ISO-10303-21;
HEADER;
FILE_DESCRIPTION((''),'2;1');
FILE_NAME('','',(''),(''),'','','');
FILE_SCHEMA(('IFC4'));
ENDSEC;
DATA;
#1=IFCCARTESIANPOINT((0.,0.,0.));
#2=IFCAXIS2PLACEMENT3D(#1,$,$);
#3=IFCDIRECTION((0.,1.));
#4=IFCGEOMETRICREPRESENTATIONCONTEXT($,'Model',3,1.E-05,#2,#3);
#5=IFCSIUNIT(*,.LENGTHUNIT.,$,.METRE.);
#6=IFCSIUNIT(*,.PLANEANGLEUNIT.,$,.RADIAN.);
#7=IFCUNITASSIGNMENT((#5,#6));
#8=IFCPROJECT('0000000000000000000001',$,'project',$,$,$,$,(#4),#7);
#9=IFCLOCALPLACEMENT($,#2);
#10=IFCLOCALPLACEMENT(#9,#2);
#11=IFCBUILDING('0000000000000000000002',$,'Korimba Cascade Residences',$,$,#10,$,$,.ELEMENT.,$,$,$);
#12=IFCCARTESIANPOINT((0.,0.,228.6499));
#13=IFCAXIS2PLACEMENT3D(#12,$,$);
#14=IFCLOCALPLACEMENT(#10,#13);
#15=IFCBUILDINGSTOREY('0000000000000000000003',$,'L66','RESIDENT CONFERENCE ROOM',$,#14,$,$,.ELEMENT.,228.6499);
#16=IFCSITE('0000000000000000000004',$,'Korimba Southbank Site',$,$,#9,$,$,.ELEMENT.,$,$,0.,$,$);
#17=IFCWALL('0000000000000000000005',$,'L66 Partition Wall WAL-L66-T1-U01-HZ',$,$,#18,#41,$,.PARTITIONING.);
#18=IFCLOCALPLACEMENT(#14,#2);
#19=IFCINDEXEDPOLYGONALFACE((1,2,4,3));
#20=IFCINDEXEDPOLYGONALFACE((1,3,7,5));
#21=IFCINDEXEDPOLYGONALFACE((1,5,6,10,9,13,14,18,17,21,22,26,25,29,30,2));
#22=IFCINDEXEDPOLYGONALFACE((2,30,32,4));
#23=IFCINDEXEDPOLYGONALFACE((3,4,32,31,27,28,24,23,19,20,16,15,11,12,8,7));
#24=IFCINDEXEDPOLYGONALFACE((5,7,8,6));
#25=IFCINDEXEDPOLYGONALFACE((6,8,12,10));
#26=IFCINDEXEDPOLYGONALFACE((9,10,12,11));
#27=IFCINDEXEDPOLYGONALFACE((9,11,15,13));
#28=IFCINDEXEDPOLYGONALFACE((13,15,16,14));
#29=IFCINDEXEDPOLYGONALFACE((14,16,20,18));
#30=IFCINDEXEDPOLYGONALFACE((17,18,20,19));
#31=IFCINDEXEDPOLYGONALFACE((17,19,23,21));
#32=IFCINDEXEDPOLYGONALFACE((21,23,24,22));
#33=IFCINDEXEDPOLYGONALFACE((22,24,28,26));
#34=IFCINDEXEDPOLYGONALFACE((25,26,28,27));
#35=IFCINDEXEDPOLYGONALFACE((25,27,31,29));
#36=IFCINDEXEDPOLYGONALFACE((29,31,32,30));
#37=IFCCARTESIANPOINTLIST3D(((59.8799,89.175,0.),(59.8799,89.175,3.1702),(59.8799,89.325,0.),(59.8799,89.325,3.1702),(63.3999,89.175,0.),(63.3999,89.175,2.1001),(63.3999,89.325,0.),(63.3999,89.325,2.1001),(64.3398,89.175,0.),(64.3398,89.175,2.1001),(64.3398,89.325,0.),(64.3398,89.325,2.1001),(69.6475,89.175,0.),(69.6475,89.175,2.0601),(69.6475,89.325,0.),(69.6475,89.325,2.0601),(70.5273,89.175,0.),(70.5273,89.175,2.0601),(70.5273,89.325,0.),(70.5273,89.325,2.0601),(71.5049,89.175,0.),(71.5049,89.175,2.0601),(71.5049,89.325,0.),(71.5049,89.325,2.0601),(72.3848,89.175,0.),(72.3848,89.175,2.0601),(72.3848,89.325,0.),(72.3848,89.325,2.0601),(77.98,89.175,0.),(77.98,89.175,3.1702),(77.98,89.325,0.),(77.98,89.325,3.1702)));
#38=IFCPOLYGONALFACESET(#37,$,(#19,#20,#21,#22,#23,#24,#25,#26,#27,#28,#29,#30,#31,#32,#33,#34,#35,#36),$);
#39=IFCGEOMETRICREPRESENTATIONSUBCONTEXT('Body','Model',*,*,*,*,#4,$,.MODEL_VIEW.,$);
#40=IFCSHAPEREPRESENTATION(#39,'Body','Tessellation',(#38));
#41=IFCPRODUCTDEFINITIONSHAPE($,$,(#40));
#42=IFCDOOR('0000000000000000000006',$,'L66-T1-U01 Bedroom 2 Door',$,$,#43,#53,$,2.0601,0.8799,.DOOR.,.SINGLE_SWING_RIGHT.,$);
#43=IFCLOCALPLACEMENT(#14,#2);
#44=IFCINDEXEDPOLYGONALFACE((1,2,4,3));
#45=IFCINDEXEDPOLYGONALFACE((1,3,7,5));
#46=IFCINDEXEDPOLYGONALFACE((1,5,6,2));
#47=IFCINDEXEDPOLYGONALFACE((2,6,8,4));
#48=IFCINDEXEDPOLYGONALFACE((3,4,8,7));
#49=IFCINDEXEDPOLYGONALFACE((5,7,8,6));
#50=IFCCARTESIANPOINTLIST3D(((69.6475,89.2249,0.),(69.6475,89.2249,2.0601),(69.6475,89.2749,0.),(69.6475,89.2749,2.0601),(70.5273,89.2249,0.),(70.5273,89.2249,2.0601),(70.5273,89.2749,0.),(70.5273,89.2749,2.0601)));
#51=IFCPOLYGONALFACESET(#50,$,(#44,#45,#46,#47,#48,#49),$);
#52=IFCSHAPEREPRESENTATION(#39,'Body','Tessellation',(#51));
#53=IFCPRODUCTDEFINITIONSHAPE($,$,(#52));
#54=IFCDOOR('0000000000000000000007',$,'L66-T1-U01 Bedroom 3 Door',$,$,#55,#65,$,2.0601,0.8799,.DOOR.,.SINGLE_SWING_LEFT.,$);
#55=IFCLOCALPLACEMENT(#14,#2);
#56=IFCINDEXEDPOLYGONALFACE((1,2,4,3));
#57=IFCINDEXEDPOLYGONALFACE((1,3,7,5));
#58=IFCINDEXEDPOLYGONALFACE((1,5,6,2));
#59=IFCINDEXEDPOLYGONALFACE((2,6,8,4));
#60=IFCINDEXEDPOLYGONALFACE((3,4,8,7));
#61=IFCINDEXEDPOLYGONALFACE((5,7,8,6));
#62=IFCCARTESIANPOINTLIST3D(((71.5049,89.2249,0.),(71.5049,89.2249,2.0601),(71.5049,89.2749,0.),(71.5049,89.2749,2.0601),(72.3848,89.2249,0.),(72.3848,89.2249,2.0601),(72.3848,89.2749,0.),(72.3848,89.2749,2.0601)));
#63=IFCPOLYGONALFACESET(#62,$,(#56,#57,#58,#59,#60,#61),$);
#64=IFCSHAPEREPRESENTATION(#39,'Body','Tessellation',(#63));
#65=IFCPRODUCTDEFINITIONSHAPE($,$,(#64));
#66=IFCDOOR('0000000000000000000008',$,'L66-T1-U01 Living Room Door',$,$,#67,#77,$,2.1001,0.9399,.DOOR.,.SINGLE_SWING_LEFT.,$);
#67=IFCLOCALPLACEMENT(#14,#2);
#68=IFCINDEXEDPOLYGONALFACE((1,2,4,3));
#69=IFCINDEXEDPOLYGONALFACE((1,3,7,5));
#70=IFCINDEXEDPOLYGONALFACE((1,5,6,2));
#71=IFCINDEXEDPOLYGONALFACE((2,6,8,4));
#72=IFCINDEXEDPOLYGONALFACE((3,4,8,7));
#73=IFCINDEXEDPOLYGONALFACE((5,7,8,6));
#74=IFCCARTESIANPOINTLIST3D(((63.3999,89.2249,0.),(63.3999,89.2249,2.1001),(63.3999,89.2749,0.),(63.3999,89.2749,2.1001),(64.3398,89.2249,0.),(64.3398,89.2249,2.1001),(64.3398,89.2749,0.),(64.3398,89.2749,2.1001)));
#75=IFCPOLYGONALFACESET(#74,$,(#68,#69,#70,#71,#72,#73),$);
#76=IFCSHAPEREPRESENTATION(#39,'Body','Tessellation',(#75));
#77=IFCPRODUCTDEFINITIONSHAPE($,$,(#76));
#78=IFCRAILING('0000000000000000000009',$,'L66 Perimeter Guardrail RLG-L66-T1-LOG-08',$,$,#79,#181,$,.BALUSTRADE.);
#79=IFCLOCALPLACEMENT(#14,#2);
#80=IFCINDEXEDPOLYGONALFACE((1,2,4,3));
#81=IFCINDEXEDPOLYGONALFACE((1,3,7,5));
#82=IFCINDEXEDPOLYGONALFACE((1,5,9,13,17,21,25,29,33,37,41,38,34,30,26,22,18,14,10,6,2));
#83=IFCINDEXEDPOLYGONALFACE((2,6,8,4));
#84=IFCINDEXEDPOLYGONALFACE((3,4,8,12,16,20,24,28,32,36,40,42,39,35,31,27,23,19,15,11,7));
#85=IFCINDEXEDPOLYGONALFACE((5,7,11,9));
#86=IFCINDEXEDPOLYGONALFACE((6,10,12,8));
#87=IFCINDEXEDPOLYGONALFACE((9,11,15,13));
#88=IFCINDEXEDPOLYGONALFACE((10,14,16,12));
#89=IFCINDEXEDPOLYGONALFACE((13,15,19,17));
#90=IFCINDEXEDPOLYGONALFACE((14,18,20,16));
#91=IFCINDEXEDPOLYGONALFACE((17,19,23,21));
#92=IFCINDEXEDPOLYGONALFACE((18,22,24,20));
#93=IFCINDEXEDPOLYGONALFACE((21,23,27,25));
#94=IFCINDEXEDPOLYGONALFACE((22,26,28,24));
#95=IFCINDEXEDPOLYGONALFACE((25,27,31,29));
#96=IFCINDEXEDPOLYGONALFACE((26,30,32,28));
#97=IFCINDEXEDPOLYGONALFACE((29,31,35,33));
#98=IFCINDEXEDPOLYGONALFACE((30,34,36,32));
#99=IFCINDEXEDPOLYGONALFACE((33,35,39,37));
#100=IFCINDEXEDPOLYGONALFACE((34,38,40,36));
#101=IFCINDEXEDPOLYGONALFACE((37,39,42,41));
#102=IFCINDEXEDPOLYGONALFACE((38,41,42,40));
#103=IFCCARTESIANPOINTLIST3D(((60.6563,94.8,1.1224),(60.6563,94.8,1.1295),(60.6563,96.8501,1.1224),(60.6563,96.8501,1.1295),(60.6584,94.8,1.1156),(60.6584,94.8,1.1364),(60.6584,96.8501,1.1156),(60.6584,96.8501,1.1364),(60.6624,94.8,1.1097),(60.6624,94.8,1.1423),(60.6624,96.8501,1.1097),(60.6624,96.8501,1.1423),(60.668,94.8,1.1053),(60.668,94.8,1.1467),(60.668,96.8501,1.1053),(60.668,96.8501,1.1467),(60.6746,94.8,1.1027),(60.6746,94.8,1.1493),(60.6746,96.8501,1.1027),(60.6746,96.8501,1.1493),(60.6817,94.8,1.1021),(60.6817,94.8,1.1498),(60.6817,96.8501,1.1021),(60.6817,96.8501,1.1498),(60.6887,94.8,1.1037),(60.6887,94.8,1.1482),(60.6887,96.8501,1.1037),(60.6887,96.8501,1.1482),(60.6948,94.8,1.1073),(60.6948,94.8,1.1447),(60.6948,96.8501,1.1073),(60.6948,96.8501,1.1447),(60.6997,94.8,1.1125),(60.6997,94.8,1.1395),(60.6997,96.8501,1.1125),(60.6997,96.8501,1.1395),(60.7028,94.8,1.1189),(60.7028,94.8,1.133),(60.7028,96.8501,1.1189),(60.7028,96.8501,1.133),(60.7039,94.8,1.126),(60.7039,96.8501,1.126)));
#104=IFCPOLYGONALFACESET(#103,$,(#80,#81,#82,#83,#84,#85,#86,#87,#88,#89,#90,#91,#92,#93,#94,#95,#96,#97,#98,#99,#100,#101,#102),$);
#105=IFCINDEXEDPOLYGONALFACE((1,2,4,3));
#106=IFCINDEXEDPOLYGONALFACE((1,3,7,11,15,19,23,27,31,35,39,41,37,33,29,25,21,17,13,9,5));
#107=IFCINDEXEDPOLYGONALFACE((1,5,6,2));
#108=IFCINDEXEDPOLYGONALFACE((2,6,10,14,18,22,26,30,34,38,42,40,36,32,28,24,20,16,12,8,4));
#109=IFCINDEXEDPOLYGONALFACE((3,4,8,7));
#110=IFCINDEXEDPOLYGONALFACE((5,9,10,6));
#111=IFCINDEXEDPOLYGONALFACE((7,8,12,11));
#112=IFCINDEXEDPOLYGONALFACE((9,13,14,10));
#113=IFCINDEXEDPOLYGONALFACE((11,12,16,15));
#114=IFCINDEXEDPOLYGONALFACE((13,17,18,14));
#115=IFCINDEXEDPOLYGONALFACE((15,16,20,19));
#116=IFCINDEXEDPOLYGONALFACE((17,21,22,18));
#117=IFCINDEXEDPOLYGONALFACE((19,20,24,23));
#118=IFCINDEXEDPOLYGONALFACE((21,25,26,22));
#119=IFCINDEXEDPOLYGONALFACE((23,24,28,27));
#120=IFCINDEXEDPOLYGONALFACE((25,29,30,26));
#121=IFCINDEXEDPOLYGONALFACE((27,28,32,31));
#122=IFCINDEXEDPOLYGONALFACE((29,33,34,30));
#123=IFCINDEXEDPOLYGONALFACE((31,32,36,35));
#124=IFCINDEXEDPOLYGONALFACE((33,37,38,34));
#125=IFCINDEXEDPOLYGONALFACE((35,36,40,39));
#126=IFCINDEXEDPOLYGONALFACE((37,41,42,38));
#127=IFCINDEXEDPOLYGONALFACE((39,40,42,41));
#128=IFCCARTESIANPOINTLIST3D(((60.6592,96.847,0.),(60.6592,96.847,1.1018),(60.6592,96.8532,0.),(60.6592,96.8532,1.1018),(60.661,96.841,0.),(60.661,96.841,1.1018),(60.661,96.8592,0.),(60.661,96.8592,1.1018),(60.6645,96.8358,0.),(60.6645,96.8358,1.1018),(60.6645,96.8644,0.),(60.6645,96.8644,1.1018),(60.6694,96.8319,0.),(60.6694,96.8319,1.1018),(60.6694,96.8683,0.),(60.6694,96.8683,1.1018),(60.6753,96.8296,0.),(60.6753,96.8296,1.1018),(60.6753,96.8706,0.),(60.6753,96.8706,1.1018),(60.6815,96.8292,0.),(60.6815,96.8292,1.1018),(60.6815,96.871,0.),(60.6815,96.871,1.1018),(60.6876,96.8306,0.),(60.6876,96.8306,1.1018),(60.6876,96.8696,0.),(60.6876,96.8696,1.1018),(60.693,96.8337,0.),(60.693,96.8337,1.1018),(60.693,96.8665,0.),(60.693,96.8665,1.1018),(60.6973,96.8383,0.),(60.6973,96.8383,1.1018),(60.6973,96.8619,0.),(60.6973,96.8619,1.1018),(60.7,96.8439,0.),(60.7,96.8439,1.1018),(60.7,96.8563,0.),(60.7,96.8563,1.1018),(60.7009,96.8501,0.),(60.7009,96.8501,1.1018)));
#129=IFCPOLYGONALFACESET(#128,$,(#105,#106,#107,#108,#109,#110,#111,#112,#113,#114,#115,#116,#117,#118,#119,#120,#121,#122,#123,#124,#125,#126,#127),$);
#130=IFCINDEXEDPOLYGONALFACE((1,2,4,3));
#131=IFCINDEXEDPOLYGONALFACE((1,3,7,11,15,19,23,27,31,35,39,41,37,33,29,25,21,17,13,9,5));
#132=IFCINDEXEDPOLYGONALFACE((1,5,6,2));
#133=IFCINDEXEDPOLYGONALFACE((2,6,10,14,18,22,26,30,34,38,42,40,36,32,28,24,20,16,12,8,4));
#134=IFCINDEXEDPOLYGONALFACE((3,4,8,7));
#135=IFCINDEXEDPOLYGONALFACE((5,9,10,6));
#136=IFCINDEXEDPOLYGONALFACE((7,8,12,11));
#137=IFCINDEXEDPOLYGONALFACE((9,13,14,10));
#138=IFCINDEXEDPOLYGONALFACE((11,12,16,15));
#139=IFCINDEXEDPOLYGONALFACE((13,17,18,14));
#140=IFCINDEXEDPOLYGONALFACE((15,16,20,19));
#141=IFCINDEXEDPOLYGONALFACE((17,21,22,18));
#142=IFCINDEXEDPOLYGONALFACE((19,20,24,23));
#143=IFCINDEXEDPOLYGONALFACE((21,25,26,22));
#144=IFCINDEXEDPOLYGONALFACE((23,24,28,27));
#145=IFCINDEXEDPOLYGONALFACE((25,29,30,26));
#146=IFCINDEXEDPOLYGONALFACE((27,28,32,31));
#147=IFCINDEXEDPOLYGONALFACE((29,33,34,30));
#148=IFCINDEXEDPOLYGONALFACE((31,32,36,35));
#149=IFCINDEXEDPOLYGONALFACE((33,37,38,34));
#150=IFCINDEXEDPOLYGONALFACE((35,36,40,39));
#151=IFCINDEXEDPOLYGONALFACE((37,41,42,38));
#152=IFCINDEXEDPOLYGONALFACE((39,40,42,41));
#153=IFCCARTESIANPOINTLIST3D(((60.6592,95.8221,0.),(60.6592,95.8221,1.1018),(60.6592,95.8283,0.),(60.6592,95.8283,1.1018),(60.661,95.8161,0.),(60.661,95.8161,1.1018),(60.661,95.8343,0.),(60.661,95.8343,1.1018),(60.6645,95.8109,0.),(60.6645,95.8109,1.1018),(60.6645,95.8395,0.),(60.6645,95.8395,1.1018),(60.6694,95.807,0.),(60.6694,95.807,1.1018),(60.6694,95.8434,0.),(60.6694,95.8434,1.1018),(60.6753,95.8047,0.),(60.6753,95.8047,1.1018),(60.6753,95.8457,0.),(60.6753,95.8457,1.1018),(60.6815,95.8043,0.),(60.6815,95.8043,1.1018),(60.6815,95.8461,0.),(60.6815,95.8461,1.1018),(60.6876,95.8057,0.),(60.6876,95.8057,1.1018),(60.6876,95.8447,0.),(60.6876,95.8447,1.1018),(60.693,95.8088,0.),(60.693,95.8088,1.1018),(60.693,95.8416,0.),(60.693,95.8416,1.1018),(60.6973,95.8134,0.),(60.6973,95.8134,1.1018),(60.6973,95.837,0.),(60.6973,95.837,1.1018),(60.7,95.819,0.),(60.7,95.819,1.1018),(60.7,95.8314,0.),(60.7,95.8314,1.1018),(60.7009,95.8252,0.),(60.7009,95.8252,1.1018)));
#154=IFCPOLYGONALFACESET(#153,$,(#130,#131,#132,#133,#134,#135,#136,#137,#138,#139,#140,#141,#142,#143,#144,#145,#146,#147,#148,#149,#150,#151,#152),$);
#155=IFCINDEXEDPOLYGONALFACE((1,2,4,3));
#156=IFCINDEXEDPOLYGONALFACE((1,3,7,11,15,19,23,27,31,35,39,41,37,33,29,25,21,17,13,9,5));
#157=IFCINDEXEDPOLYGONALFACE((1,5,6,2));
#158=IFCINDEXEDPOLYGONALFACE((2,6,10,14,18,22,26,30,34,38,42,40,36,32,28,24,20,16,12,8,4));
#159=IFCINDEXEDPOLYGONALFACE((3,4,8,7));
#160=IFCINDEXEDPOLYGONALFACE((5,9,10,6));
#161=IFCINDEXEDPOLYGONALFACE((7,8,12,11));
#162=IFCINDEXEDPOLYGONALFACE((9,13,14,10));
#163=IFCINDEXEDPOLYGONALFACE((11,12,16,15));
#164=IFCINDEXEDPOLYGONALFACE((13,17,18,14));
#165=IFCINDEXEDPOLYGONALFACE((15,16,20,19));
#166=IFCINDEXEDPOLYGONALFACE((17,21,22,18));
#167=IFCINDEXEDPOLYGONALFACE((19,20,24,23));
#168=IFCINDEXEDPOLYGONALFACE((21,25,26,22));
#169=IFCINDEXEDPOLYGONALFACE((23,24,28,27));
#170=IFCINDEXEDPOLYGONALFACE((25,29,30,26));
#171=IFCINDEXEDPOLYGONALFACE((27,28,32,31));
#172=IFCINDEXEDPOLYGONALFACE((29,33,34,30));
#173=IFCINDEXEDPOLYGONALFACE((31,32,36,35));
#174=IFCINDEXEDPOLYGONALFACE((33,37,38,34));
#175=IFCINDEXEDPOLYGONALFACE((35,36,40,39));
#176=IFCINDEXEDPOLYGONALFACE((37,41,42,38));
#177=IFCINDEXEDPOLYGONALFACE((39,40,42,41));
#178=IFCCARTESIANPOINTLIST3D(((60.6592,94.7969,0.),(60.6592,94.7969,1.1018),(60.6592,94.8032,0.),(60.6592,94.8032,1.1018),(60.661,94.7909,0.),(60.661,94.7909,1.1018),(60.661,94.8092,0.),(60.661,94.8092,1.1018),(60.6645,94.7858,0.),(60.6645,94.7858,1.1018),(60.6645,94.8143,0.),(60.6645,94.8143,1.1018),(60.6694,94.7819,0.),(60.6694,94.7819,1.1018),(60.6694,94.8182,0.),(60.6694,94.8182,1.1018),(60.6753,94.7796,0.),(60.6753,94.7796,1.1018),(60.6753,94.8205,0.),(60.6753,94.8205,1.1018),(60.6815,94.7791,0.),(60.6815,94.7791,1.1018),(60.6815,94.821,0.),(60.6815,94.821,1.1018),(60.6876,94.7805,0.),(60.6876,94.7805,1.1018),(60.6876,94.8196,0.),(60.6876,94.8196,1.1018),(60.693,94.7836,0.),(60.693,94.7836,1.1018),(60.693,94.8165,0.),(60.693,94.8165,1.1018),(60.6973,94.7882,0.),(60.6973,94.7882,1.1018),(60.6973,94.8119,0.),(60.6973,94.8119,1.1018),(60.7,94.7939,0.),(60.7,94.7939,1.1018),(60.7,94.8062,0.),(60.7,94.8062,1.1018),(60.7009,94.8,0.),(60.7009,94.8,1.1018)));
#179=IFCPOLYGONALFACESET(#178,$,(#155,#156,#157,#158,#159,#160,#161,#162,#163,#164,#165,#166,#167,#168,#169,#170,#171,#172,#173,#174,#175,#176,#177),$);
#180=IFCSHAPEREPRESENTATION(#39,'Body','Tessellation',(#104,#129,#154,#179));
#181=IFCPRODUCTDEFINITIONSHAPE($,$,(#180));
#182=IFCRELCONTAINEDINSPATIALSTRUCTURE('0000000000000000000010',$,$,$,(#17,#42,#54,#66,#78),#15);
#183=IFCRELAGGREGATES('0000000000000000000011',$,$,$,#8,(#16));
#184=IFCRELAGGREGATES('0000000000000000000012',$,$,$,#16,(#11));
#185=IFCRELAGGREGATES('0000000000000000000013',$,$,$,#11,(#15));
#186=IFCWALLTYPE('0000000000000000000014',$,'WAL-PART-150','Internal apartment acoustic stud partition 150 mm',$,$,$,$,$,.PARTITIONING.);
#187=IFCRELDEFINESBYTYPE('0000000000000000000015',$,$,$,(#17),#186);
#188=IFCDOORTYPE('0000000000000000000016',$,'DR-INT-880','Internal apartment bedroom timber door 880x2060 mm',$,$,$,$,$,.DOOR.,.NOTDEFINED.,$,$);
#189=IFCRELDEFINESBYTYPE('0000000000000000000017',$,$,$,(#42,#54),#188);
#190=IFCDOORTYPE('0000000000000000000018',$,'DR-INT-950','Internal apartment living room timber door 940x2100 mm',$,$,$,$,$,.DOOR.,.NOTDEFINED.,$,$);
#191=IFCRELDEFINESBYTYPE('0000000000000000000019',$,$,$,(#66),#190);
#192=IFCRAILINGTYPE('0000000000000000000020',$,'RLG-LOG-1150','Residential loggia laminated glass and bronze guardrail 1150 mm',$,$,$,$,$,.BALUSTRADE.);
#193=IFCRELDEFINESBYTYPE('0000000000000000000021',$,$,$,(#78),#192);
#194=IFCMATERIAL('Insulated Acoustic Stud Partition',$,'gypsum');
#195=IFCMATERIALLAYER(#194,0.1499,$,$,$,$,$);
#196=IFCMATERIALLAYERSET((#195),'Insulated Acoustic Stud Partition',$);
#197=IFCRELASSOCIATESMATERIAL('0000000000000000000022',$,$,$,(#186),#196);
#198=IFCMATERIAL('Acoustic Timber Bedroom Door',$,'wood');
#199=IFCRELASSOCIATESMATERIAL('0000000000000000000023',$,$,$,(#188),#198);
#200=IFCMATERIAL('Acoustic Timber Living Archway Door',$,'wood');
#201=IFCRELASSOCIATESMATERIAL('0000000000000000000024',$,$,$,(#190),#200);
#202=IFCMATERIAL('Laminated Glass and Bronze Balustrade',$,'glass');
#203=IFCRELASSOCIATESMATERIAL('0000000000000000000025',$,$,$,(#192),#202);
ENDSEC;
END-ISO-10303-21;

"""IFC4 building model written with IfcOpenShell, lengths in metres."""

from ifc_helpers import new_model, si_unit, direction, frame, frame_2d, origin, origin_2d, place, context, subcontext, project, spatial, rectangle, circle, extrude, material, layer, layer_set, type_object, element, fill, save


model = new_model("IFC4")

# Units and contexts
model_context = context("Model", 3, precision=1e-05, world=origin(), true_north=direction((0.0, 1.0)))
body_context = subcontext(model_context, "Body", "Model", "MODEL_VIEW")
ifc_project = project(units=[si_unit("LENGTHUNIT", "METRE"), si_unit("PLANEANGLEUNIT", "RADIAN")], contexts=[model_context])

# Site, building, storey
site_placement = place(None, origin())
site = spatial("IfcSite", under=ifc_project, at=site_placement, Name="Korimba Southbank Site", CompositionType="ELEMENT", RefElevation=0.0)
building_placement = place(site_placement, origin())
building = spatial("IfcBuilding", under=site, at=building_placement, Name="Korimba Cascade Residences", CompositionType="ELEMENT")
storey_placement = place(building_placement, frame((0.0, 0.0, 228.6499)))
storey = spatial("IfcBuildingStorey", under=building, at=storey_placement, Name="L66", Description="RESIDENT CONFERENCE ROOM", CompositionType="ELEMENT", Elevation=228.6499)

# Shared definitions
ifc_material_1 = material(Name="Insulated Acoustic Stud Partition", Category="gypsum")
ifc_layer_1 = layer(ifc_material_1, 0.1499)
ifc_layer_set_1 = layer_set([ifc_layer_1], Name="Insulated Acoustic Stud Partition")
wall_type_1 = type_object("IfcWallType", Name="WAL-PART-150", Description="Internal apartment acoustic stud partition 150 mm", PredefinedType="PARTITIONING", material=ifc_layer_set_1)

# Wall, openings, doors
wall_1_placement = place(storey_placement, frame((59.8799, 89.25, 0.0), z_axis=(0.0, 0.0, 1.0), x_axis=(1.0, 0.0, 0.0)))
wall_1 = element("IfcWall", 1, at=wall_1_placement, inside=storey, type_object=wall_type_1, Name="L66 Partition Wall WAL-L66-T1-U01-HZ", PredefinedType="PARTITIONING", context=body_context, shape_type="SweptSolid", body=[
    extrude(rectangle(XDim=18.1001, YDim=0.1499, at=frame_2d((9.05, 0.0))), origin(), (0.0, 0.0, 1.0), 3.1702),
])
opening_1_placement = place(wall_1_placement, frame((3.52, 0.0, 0.0)))
opening_1 = element("IfcOpeningElement", 2, at=opening_1_placement, cuts=wall_1, PredefinedType="OPENING", context=body_context, shape_type="SweptSolid", body=[
    extrude(rectangle(XDim=0.9399, YDim=2.1001, at=frame_2d((0.47, 1.05))), frame((0.0, 0.085, 0.0), z_axis=(0.0, -1.0, 0.0), x_axis=(1.0, 0.0, 0.0)), (0.0, 0.0, 1.0), 0.1699),
])
opening_2_placement = place(wall_1_placement, frame((9.7676, 0.0, 0.0)))
opening_2 = element("IfcOpeningElement", 3, at=opening_2_placement, cuts=wall_1, PredefinedType="OPENING", context=body_context, shape_type="SweptSolid", body=[
    extrude(rectangle(XDim=0.8799, YDim=2.0601, at=frame_2d((0.4399, 1.03))), frame((0.0, 0.085, 0.0), z_axis=(0.0, -1.0, 0.0), x_axis=(1.0, 0.0, 0.0)), (0.0, 0.0, 1.0), 0.1699),
])
opening_3_placement = place(wall_1_placement, frame((11.625, 0.0, 0.0)))
opening_3 = element("IfcOpeningElement", 4, at=opening_3_placement, cuts=wall_1, PredefinedType="OPENING", context=body_context, shape_type="SweptSolid", body=[
    extrude(rectangle(XDim=0.8799, YDim=2.0601, at=frame_2d((0.4399, 1.03))), frame((0.0, 0.085, 0.0), z_axis=(0.0, -1.0, 0.0), x_axis=(1.0, 0.0, 0.0)), (0.0, 0.0, 1.0), 0.1699),
])
ifc_material_2 = material(Name="Acoustic Timber Bedroom Door", Category="wood")
door_type_1 = type_object("IfcDoorType", Name="DR-INT-880", Description="Internal apartment bedroom timber door 880x2060 mm", OperationType="NOTDEFINED", PredefinedType="DOOR", material=ifc_material_2)
door_1_placement = place(opening_2_placement, origin())
door_1 = element("IfcDoor", 5, at=door_1_placement, inside=storey, type_object=door_type_1, Name="L66-T1-U01 Bedroom 2 Door", OperationType="SINGLE_SWING_RIGHT", OverallHeight=2.0601, OverallWidth=0.8799, PredefinedType="DOOR", context=body_context, shape_type="SweptSolid", body=[
    extrude(rectangle(XDim=0.8799, YDim=2.0601, at=frame_2d((0.4399, 1.03))), frame((0.0, 0.0249, 0.0), z_axis=(0.0, -1.0, 0.0), x_axis=(1.0, 0.0, 0.0)), (0.0, 0.0, 1.0), 0.05),
])
fill(opening_2, door_1)
door_2_placement = place(opening_3_placement, origin())
door_2 = element("IfcDoor", 6, at=door_2_placement, inside=storey, type_object=door_type_1, Name="L66-T1-U01 Bedroom 3 Door", OperationType="SINGLE_SWING_LEFT", OverallHeight=2.0601, OverallWidth=0.8799, PredefinedType="DOOR", context=body_context, shape_type="SweptSolid", body=[
    extrude(rectangle(XDim=0.8799, YDim=2.0601, at=frame_2d((0.4399, 1.03))), frame((0.0, 0.0249, 0.0), z_axis=(0.0, -1.0, 0.0), x_axis=(1.0, 0.0, 0.0)), (0.0, 0.0, 1.0), 0.05),
])
fill(opening_3, door_2)
ifc_material_3 = material(Name="Acoustic Timber Living Archway Door", Category="wood")
door_type_2 = type_object("IfcDoorType", Name="DR-INT-950", Description="Internal apartment living room timber door 940x2100 mm", OperationType="NOTDEFINED", PredefinedType="DOOR", material=ifc_material_3)
door_3_placement = place(opening_1_placement, origin())
door_3 = element("IfcDoor", 7, at=door_3_placement, inside=storey, type_object=door_type_2, Name="L66-T1-U01 Living Room Door", OperationType="SINGLE_SWING_LEFT", OverallHeight=2.1001, OverallWidth=0.9399, PredefinedType="DOOR", context=body_context, shape_type="SweptSolid", body=[
    extrude(rectangle(XDim=0.9399, YDim=2.1001, at=frame_2d((0.47, 1.05))), frame((0.0, 0.0249, 0.0), z_axis=(0.0, -1.0, 0.0), x_axis=(1.0, 0.0, 0.0)), (0.0, 0.0, 1.0), 0.05),
])
fill(opening_1, door_3)

# Railing
ifc_material_4 = material(Name="Laminated Glass and Bronze Balustrade", Category="glass")
railing_type = type_object("IfcRailingType", Name="RLG-LOG-1150", Description="Residential loggia laminated glass and bronze guardrail 1150 mm", PredefinedType="BALUSTRADE", material=ifc_material_4)
railing_placement = place(storey_placement, frame((60.6799, 96.8501, 0.0)))
element("IfcRailing", 8, at=railing_placement, inside=storey, type_object=railing_type, Name="L66 Perimeter Guardrail RLG-L66-T1-LOG-08", PredefinedType="BALUSTRADE", context=body_context, shape_type="SweptSolid", body=[
    extrude(circle(Radius=0.0239, at=origin_2d()), frame((0.0, 0.0, 1.126), z_axis=(0.0, -1.0, 0.0), x_axis=(1.0, 0.0, 0.0)), (0.0, 0.0, 1.0), 2.05),
    extrude(circle(Radius=0.021, at=origin_2d()), origin(), (0.0, 0.0, 1.0), 1.1018),
    extrude(circle(Radius=0.021, at=origin_2d()), frame((0.0, -1.0249, 0.0)), (0.0, 0.0, 1.0), 1.1018),
    extrude(circle(Radius=0.021, at=origin_2d()), frame((0.0, -2.05, 0.0)), (0.0, 0.0, 1.0), 1.1018),
])

save(model, "model.ifc")
